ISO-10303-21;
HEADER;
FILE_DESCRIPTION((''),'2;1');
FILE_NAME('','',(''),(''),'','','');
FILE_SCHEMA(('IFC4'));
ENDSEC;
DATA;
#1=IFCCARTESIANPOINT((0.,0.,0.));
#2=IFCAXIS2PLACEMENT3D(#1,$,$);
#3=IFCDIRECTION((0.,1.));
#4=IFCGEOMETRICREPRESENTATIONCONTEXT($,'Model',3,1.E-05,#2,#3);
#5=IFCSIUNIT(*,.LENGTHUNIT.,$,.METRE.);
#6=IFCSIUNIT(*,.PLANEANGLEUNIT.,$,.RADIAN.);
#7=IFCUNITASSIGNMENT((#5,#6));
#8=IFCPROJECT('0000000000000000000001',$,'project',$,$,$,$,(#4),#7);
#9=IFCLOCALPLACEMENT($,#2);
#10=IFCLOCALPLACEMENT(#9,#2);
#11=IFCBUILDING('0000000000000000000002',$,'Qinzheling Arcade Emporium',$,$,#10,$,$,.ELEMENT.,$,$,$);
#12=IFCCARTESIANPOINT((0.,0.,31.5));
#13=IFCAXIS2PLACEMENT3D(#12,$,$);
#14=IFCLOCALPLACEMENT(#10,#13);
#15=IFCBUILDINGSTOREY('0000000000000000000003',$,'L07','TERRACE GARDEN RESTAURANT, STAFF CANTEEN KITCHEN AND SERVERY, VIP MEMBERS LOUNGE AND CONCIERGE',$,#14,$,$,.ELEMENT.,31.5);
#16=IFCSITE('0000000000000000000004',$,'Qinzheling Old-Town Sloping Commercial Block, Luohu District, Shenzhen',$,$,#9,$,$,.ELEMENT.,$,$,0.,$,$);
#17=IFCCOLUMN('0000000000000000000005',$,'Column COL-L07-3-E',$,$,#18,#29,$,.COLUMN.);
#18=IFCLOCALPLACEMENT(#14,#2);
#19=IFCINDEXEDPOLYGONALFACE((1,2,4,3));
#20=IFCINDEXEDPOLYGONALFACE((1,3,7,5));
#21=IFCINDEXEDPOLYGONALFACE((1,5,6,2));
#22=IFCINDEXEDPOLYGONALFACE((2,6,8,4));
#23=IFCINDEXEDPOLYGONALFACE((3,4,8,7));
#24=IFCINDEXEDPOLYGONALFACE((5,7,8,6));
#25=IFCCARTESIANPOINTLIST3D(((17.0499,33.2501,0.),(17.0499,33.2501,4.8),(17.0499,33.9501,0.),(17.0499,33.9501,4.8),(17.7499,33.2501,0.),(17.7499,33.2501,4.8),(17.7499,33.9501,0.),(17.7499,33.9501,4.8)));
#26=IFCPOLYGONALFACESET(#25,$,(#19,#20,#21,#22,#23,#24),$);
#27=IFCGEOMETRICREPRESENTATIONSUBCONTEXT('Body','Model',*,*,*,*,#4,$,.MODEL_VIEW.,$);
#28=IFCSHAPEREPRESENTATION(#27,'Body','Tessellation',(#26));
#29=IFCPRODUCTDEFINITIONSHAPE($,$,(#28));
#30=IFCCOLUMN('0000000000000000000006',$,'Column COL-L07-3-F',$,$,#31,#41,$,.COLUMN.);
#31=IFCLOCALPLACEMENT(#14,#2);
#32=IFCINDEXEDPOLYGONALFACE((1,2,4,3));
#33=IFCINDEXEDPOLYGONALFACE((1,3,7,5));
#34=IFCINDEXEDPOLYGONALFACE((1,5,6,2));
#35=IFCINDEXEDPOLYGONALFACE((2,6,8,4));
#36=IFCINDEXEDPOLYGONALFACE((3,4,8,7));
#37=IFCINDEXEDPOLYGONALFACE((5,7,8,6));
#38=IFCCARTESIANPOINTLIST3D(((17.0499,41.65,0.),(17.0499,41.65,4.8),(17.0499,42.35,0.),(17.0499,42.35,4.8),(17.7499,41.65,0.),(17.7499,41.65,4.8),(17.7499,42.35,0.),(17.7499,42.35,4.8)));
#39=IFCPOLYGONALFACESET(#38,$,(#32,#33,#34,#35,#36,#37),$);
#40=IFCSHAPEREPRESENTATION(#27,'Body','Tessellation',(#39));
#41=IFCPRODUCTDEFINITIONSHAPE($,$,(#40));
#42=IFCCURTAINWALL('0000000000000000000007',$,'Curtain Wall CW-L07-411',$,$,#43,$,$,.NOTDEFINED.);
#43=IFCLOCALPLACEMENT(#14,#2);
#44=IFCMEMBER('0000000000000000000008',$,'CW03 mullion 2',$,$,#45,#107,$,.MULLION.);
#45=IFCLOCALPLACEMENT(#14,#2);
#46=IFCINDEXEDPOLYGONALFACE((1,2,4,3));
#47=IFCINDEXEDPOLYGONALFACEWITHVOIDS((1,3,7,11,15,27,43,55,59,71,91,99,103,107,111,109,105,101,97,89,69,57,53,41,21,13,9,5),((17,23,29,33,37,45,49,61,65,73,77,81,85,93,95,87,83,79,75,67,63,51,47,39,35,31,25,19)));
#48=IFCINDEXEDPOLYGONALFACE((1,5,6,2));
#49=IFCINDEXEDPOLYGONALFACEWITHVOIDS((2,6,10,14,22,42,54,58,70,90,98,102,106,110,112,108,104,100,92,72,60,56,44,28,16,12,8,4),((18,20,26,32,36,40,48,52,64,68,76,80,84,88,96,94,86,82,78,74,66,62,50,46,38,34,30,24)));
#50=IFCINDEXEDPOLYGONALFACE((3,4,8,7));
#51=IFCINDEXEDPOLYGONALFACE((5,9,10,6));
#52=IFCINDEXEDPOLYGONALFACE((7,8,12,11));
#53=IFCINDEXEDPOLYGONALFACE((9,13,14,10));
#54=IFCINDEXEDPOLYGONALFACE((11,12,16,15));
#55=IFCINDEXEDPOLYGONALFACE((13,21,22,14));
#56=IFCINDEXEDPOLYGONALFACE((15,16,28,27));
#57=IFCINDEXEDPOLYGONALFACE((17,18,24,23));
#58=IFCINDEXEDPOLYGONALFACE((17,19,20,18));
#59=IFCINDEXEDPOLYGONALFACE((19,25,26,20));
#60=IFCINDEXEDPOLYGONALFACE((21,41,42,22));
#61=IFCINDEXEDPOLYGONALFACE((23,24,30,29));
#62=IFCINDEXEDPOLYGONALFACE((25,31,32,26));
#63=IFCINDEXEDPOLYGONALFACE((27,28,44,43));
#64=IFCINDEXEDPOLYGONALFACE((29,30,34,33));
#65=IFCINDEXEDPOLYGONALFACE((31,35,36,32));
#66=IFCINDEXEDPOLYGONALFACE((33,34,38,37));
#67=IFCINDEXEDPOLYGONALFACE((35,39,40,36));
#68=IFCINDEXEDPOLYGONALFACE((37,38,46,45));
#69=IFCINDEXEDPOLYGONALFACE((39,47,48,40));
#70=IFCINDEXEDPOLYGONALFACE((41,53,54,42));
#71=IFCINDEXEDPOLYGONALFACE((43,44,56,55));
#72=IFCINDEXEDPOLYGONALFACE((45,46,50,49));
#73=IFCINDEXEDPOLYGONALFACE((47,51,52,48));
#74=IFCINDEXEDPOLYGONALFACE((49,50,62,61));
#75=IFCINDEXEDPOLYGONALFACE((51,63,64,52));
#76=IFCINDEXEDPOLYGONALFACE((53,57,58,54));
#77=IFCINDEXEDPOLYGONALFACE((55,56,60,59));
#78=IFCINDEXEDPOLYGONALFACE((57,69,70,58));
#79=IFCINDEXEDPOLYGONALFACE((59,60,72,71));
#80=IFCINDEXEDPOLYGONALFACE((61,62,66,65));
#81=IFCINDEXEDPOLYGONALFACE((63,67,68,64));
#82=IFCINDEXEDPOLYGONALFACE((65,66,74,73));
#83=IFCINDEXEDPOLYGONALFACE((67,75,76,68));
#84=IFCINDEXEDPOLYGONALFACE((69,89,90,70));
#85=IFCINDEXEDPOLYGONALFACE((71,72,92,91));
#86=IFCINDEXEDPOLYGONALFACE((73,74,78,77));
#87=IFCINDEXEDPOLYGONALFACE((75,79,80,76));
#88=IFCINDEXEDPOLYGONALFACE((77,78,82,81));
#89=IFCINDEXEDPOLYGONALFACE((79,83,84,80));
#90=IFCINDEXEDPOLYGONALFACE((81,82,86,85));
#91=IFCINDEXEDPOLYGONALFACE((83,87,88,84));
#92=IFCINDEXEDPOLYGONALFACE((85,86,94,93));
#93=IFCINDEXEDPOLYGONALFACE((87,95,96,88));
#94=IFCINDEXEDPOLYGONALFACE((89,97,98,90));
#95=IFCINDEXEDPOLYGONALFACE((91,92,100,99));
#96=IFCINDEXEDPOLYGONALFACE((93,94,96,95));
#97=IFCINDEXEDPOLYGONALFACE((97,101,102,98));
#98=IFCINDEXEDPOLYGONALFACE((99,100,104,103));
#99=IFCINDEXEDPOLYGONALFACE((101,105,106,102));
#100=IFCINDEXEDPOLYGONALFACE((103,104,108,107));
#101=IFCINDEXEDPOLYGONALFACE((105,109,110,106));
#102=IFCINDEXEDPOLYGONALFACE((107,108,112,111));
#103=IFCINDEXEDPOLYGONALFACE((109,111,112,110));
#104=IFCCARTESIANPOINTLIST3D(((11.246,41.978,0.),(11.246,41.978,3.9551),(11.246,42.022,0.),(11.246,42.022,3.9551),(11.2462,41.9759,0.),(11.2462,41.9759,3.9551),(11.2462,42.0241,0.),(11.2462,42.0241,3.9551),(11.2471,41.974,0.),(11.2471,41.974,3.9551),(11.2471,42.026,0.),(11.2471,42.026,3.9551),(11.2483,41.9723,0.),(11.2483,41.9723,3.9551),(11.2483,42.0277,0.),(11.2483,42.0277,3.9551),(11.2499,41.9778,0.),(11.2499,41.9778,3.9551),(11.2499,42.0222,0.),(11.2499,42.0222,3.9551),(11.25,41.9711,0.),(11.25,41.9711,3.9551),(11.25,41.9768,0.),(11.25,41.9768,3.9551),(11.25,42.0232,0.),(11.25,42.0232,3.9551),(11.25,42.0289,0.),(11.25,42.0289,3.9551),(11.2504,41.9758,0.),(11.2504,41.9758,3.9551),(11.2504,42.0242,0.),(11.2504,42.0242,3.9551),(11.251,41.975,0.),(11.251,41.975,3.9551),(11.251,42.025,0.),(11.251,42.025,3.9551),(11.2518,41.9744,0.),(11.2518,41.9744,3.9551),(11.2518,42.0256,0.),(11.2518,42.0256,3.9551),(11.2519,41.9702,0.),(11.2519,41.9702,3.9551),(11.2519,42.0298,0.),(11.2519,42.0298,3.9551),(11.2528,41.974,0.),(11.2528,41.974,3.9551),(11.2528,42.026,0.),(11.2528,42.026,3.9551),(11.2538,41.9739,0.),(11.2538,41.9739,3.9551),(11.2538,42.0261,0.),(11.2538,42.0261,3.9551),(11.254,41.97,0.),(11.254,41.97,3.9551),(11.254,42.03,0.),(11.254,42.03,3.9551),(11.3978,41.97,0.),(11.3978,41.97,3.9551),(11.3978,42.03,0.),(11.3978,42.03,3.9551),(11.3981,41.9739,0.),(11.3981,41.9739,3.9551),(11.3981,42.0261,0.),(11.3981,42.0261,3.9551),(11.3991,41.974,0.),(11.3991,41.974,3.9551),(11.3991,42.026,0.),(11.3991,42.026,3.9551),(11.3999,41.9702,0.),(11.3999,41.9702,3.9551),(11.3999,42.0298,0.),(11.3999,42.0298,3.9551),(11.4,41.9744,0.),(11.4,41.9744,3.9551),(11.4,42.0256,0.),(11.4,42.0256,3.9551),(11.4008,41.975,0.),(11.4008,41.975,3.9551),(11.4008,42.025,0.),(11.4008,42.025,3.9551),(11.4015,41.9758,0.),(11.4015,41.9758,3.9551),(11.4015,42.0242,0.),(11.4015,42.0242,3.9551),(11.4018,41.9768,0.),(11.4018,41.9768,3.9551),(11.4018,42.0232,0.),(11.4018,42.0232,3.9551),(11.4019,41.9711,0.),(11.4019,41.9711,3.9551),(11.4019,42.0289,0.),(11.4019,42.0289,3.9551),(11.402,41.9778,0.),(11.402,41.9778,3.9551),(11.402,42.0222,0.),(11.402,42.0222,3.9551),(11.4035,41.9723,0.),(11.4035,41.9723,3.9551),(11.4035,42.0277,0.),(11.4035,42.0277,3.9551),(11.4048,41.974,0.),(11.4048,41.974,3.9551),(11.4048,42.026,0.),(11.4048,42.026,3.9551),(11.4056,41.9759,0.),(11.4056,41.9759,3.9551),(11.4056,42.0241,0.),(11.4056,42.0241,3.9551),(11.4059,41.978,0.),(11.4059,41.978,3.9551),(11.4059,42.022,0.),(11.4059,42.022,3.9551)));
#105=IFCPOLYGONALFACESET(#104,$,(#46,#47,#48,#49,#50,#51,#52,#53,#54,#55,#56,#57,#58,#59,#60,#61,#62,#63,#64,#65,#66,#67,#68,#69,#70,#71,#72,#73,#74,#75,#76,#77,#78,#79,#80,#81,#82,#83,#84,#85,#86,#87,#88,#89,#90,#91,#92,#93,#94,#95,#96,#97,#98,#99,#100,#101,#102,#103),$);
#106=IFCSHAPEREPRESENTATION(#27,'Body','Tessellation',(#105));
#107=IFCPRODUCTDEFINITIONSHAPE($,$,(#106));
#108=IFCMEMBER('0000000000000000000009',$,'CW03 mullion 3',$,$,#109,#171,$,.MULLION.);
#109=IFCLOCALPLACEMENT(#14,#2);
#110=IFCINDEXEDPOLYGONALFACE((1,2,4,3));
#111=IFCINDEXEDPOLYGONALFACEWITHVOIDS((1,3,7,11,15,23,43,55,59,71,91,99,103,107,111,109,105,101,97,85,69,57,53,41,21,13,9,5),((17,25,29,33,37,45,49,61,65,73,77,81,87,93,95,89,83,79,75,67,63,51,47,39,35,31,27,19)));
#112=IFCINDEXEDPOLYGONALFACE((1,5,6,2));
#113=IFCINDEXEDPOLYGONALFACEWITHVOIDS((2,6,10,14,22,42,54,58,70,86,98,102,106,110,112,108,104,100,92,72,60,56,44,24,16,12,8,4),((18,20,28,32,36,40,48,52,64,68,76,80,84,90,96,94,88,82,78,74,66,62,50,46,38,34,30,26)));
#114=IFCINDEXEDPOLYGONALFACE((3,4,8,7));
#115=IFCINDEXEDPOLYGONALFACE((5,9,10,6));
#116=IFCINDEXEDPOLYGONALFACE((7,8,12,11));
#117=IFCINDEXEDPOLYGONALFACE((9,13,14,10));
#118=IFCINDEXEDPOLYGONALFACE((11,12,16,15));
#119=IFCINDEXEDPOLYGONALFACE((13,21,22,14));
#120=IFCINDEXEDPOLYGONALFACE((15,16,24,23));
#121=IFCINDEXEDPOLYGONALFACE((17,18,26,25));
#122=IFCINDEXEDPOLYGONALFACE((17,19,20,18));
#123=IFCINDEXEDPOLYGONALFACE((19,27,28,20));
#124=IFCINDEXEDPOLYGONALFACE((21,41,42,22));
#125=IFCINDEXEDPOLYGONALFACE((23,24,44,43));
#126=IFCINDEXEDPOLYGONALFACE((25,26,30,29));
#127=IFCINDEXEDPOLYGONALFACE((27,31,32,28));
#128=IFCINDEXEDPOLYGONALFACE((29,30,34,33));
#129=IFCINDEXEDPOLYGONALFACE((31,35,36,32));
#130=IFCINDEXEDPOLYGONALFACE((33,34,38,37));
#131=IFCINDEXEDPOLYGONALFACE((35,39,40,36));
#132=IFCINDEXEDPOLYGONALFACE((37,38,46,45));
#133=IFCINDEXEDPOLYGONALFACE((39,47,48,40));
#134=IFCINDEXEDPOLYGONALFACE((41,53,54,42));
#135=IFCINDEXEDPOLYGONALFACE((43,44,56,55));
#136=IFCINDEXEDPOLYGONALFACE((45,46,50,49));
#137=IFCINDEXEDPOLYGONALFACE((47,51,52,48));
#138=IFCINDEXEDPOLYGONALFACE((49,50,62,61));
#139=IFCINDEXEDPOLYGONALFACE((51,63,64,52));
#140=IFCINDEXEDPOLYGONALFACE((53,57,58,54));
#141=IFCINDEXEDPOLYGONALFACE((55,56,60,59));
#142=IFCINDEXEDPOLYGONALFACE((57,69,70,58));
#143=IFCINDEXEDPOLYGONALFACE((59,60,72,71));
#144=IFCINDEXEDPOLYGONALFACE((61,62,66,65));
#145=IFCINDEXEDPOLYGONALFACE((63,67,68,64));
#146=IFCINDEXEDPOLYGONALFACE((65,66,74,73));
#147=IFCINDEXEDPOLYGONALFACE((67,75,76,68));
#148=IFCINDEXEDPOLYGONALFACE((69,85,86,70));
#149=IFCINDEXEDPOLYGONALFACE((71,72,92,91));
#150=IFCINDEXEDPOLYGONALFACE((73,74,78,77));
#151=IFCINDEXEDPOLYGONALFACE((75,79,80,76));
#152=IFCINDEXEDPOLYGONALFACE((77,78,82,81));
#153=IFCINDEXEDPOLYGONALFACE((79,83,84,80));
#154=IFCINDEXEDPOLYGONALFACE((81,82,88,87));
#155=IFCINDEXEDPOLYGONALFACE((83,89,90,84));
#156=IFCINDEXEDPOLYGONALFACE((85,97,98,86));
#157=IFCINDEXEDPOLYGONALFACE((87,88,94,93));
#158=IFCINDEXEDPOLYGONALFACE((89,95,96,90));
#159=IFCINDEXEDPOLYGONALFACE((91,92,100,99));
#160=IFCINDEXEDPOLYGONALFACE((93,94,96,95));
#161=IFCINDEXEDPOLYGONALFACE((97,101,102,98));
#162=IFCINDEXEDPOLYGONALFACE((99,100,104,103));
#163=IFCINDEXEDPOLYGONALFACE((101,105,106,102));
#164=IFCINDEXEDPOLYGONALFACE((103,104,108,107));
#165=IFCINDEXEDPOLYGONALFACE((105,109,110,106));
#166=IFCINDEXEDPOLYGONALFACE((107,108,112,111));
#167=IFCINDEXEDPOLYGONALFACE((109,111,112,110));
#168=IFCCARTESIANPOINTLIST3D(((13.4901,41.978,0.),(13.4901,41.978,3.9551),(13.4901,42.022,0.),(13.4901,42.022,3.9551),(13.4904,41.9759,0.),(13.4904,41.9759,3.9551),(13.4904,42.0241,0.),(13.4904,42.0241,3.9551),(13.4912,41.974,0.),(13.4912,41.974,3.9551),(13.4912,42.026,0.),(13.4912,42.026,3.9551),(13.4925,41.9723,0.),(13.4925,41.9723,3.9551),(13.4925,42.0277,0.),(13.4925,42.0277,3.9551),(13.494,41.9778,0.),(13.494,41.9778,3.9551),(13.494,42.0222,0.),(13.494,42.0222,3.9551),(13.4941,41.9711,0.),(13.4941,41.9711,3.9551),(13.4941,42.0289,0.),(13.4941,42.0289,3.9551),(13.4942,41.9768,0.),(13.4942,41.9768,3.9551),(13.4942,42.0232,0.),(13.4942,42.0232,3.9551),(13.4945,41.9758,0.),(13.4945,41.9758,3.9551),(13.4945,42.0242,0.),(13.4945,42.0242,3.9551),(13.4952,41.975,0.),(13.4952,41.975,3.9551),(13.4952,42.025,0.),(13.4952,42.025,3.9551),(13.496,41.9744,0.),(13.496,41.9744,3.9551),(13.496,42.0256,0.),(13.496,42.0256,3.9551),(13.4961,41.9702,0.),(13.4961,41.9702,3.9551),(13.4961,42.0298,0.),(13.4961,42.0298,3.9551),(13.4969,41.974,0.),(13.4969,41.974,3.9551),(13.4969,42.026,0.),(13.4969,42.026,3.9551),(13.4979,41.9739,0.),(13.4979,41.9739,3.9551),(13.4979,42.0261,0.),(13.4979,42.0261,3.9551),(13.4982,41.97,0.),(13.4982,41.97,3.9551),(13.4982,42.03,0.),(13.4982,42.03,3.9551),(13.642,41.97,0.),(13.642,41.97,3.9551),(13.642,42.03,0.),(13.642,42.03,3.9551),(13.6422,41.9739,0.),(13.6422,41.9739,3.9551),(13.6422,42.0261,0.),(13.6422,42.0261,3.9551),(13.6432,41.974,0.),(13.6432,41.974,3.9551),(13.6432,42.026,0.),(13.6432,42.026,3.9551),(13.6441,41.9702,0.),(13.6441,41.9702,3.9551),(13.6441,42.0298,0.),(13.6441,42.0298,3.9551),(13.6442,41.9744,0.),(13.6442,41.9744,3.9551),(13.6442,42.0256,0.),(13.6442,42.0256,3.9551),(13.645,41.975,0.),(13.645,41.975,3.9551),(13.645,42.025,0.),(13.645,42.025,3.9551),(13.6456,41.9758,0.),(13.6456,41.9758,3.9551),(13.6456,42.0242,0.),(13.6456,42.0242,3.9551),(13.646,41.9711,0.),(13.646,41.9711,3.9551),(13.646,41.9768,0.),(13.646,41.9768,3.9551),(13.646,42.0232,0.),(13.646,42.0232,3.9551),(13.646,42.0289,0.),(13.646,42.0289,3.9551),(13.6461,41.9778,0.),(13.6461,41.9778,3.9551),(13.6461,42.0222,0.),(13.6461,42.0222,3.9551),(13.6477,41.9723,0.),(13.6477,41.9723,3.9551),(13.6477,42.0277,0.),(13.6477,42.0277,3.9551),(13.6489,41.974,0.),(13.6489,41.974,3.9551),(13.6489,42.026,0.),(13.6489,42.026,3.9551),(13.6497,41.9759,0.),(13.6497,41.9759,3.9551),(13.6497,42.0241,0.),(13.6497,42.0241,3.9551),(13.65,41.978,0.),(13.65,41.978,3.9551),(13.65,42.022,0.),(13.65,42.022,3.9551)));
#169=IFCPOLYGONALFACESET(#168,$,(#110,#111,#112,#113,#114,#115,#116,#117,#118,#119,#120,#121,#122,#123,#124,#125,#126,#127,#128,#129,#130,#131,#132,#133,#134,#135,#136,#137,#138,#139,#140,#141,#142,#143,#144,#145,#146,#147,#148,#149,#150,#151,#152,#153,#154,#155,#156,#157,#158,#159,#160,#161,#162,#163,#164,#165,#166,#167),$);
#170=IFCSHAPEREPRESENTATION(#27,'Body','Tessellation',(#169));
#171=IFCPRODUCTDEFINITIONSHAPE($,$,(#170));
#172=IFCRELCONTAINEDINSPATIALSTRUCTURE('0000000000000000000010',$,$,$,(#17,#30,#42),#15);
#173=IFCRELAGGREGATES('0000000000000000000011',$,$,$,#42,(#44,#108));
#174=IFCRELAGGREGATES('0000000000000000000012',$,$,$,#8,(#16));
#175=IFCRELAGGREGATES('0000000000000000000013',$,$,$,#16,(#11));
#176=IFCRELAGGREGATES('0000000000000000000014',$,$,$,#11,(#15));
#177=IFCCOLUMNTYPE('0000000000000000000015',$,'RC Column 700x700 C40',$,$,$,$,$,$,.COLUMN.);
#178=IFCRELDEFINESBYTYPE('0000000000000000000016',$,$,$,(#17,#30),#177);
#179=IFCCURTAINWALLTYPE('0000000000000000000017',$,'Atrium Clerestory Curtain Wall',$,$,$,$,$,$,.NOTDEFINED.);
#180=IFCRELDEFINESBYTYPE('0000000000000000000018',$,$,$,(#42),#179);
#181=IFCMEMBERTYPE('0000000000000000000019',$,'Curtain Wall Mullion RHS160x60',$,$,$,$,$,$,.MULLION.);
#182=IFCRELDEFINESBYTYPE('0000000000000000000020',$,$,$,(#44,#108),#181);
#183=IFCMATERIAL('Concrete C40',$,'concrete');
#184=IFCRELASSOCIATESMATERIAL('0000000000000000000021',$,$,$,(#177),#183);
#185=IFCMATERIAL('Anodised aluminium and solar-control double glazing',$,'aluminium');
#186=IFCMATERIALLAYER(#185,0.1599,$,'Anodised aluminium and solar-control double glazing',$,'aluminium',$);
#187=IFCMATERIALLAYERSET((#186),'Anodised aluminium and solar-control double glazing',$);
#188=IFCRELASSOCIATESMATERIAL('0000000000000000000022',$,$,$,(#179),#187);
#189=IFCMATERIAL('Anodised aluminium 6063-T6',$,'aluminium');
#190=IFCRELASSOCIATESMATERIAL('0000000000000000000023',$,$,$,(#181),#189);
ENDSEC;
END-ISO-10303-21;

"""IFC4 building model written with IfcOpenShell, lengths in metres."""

from ifc_helpers import new_model, si_unit, direction, frame, origin, origin_2d, place, context, subcontext, project, spatial, rectangle, hollow_rectangle, extrude, material, layer, layer_set, material_profile, profile_set, type_object, element, aggregate, save


model = new_model("IFC4")

# Units and contexts
model_context = context("Model", 3, precision=1e-05, world=origin(), true_north=direction((0.0, 1.0)))
body_context = subcontext(model_context, "Body", "Model", "MODEL_VIEW")
ifc_project = project(units=[si_unit("LENGTHUNIT", "METRE"), si_unit("PLANEANGLEUNIT", "RADIAN")], contexts=[model_context])

# Site, building, storey
site_placement = place(None, origin())
site = spatial("IfcSite", under=ifc_project, at=site_placement, Name="Qinzheling Old-Town Sloping Commercial Block, Luohu District, Shenzhen", CompositionType="ELEMENT", RefElevation=0.0)
building_placement = place(site_placement, origin())
building = spatial("IfcBuilding", under=site, at=building_placement, Name="Qinzheling Arcade Emporium", CompositionType="ELEMENT")
storey_placement = place(building_placement, frame((0.0, 0.0, 31.5)))
storey = spatial("IfcBuildingStorey", under=building, at=storey_placement, Name="L07", Description="TERRACE GARDEN RESTAURANT, STAFF CANTEEN KITCHEN AND SERVERY, VIP MEMBERS LOUNGE AND CONCIERGE", CompositionType="ELEMENT", Elevation=31.5)

# Columns
ifc_material_1 = material(Name="Concrete C40", Category="concrete")
ifc_material_profile_1 = material_profile(ifc_material_1, rectangle(XDim=0.7, YDim=0.7, at=origin_2d()), Name="RC 700x700", Category="concrete")
ifc_profile_set_1 = profile_set([ifc_material_profile_1], Name="Concrete C40")
column_type = type_object("IfcColumnType", Name="RC Column 700x700 C40", PredefinedType="COLUMN", material=ifc_profile_set_1)
for number, where, z_axis, x_axis, name in (
    (1, (17.3999, 33.6001, 0.0), (0.0, 0.0, 1.0), (1.0, 0.0, 0.0), "Column COL-L07-3-E"),
    (2, (17.3999, 42.0, 0.0), (0.0, 0.0, 1.0), (1.0, 0.0, 0.0), "Column COL-L07-3-F"),
):
    element("IfcColumn", number, at=place(storey_placement, frame(where, z_axis=z_axis, x_axis=x_axis)), inside=storey, type_object=column_type, Name=name, PredefinedType="COLUMN", context=body_context, shape_type="SweptSolid", body=[
        extrude(rectangle(XDim=0.7, YDim=0.7, at=origin_2d()), origin(), (0.0, 0.0, 1.0), 4.8),
    ])

# Curtain wall, members
ifc_material_2 = material(Name="Anodised aluminium and solar-control double glazing", Category="aluminium")
ifc_layer_1 = layer(ifc_material_2, 0.1599, Name="Anodised aluminium and solar-control double glazing", Category="aluminium")
ifc_layer_set_1 = layer_set([ifc_layer_1], Name="Anodised aluminium and solar-control double glazing")
curtain_wall_type = type_object("IfcCurtainWallType", Name="Atrium Clerestory Curtain Wall", PredefinedType="NOTDEFINED", material=ifc_layer_set_1)
curtain_wall_1_placement = place(storey_placement, origin())
curtain_wall_1 = element("IfcCurtainWall", 3, at=curtain_wall_1_placement, inside=storey, type_object=curtain_wall_type, Name="Curtain Wall CW-L07-411", PredefinedType="NOTDEFINED")
ifc_material_3 = material(Name="Anodised aluminium 6063-T6", Category="aluminium")
ifc_material_profile_2 = material_profile(ifc_material_3, hollow_rectangle(XDim=0.0601, YDim=0.1599, WallThickness=0.0039, InnerFilletRadius=0.0039, OuterFilletRadius=0.0081, at=origin_2d()), Name="RHS 160x60x4", Category="aluminium")
ifc_profile_set_2 = profile_set([ifc_material_profile_2], Name="Anodised aluminium 6063-T6")
member_type_1 = type_object("IfcMemberType", Name="Curtain Wall Mullion RHS160x60", PredefinedType="MULLION", material=ifc_profile_set_2)
member_1_placement = place(storey_placement, frame((11.3259, 42.0, 0.0), z_axis=(0.0, 0.0, 1.0), x_axis=(0.0, 1.0, 0.0)))
member_1 = element("IfcMember", 4, at=member_1_placement, type_object=member_type_1, Name="CW03 mullion 2", PredefinedType="MULLION", context=body_context, shape_type="SweptSolid", body=[
    extrude(hollow_rectangle(XDim=0.0601, YDim=0.1599, WallThickness=0.0039, InnerFilletRadius=0.0039, OuterFilletRadius=0.0081, at=origin_2d()), origin(), (0.0, 0.0, 1.0), 3.9551),
])
member_2_placement = place(storey_placement, frame((13.5701, 42.0, 0.0), z_axis=(0.0, 0.0, 1.0), x_axis=(0.0, 1.0, 0.0)))
member_2 = element("IfcMember", 5, at=member_2_placement, type_object=member_type_1, Name="CW03 mullion 3", PredefinedType="MULLION", context=body_context, shape_type="SweptSolid", body=[
    extrude(hollow_rectangle(XDim=0.0601, YDim=0.1599, WallThickness=0.0039, InnerFilletRadius=0.0039, OuterFilletRadius=0.0081, at=origin_2d()), origin(), (0.0, 0.0, 1.0), 3.9551),
])

aggregate(curtain_wall_1, [member_1, member_2])

save(model, "model.ifc")
